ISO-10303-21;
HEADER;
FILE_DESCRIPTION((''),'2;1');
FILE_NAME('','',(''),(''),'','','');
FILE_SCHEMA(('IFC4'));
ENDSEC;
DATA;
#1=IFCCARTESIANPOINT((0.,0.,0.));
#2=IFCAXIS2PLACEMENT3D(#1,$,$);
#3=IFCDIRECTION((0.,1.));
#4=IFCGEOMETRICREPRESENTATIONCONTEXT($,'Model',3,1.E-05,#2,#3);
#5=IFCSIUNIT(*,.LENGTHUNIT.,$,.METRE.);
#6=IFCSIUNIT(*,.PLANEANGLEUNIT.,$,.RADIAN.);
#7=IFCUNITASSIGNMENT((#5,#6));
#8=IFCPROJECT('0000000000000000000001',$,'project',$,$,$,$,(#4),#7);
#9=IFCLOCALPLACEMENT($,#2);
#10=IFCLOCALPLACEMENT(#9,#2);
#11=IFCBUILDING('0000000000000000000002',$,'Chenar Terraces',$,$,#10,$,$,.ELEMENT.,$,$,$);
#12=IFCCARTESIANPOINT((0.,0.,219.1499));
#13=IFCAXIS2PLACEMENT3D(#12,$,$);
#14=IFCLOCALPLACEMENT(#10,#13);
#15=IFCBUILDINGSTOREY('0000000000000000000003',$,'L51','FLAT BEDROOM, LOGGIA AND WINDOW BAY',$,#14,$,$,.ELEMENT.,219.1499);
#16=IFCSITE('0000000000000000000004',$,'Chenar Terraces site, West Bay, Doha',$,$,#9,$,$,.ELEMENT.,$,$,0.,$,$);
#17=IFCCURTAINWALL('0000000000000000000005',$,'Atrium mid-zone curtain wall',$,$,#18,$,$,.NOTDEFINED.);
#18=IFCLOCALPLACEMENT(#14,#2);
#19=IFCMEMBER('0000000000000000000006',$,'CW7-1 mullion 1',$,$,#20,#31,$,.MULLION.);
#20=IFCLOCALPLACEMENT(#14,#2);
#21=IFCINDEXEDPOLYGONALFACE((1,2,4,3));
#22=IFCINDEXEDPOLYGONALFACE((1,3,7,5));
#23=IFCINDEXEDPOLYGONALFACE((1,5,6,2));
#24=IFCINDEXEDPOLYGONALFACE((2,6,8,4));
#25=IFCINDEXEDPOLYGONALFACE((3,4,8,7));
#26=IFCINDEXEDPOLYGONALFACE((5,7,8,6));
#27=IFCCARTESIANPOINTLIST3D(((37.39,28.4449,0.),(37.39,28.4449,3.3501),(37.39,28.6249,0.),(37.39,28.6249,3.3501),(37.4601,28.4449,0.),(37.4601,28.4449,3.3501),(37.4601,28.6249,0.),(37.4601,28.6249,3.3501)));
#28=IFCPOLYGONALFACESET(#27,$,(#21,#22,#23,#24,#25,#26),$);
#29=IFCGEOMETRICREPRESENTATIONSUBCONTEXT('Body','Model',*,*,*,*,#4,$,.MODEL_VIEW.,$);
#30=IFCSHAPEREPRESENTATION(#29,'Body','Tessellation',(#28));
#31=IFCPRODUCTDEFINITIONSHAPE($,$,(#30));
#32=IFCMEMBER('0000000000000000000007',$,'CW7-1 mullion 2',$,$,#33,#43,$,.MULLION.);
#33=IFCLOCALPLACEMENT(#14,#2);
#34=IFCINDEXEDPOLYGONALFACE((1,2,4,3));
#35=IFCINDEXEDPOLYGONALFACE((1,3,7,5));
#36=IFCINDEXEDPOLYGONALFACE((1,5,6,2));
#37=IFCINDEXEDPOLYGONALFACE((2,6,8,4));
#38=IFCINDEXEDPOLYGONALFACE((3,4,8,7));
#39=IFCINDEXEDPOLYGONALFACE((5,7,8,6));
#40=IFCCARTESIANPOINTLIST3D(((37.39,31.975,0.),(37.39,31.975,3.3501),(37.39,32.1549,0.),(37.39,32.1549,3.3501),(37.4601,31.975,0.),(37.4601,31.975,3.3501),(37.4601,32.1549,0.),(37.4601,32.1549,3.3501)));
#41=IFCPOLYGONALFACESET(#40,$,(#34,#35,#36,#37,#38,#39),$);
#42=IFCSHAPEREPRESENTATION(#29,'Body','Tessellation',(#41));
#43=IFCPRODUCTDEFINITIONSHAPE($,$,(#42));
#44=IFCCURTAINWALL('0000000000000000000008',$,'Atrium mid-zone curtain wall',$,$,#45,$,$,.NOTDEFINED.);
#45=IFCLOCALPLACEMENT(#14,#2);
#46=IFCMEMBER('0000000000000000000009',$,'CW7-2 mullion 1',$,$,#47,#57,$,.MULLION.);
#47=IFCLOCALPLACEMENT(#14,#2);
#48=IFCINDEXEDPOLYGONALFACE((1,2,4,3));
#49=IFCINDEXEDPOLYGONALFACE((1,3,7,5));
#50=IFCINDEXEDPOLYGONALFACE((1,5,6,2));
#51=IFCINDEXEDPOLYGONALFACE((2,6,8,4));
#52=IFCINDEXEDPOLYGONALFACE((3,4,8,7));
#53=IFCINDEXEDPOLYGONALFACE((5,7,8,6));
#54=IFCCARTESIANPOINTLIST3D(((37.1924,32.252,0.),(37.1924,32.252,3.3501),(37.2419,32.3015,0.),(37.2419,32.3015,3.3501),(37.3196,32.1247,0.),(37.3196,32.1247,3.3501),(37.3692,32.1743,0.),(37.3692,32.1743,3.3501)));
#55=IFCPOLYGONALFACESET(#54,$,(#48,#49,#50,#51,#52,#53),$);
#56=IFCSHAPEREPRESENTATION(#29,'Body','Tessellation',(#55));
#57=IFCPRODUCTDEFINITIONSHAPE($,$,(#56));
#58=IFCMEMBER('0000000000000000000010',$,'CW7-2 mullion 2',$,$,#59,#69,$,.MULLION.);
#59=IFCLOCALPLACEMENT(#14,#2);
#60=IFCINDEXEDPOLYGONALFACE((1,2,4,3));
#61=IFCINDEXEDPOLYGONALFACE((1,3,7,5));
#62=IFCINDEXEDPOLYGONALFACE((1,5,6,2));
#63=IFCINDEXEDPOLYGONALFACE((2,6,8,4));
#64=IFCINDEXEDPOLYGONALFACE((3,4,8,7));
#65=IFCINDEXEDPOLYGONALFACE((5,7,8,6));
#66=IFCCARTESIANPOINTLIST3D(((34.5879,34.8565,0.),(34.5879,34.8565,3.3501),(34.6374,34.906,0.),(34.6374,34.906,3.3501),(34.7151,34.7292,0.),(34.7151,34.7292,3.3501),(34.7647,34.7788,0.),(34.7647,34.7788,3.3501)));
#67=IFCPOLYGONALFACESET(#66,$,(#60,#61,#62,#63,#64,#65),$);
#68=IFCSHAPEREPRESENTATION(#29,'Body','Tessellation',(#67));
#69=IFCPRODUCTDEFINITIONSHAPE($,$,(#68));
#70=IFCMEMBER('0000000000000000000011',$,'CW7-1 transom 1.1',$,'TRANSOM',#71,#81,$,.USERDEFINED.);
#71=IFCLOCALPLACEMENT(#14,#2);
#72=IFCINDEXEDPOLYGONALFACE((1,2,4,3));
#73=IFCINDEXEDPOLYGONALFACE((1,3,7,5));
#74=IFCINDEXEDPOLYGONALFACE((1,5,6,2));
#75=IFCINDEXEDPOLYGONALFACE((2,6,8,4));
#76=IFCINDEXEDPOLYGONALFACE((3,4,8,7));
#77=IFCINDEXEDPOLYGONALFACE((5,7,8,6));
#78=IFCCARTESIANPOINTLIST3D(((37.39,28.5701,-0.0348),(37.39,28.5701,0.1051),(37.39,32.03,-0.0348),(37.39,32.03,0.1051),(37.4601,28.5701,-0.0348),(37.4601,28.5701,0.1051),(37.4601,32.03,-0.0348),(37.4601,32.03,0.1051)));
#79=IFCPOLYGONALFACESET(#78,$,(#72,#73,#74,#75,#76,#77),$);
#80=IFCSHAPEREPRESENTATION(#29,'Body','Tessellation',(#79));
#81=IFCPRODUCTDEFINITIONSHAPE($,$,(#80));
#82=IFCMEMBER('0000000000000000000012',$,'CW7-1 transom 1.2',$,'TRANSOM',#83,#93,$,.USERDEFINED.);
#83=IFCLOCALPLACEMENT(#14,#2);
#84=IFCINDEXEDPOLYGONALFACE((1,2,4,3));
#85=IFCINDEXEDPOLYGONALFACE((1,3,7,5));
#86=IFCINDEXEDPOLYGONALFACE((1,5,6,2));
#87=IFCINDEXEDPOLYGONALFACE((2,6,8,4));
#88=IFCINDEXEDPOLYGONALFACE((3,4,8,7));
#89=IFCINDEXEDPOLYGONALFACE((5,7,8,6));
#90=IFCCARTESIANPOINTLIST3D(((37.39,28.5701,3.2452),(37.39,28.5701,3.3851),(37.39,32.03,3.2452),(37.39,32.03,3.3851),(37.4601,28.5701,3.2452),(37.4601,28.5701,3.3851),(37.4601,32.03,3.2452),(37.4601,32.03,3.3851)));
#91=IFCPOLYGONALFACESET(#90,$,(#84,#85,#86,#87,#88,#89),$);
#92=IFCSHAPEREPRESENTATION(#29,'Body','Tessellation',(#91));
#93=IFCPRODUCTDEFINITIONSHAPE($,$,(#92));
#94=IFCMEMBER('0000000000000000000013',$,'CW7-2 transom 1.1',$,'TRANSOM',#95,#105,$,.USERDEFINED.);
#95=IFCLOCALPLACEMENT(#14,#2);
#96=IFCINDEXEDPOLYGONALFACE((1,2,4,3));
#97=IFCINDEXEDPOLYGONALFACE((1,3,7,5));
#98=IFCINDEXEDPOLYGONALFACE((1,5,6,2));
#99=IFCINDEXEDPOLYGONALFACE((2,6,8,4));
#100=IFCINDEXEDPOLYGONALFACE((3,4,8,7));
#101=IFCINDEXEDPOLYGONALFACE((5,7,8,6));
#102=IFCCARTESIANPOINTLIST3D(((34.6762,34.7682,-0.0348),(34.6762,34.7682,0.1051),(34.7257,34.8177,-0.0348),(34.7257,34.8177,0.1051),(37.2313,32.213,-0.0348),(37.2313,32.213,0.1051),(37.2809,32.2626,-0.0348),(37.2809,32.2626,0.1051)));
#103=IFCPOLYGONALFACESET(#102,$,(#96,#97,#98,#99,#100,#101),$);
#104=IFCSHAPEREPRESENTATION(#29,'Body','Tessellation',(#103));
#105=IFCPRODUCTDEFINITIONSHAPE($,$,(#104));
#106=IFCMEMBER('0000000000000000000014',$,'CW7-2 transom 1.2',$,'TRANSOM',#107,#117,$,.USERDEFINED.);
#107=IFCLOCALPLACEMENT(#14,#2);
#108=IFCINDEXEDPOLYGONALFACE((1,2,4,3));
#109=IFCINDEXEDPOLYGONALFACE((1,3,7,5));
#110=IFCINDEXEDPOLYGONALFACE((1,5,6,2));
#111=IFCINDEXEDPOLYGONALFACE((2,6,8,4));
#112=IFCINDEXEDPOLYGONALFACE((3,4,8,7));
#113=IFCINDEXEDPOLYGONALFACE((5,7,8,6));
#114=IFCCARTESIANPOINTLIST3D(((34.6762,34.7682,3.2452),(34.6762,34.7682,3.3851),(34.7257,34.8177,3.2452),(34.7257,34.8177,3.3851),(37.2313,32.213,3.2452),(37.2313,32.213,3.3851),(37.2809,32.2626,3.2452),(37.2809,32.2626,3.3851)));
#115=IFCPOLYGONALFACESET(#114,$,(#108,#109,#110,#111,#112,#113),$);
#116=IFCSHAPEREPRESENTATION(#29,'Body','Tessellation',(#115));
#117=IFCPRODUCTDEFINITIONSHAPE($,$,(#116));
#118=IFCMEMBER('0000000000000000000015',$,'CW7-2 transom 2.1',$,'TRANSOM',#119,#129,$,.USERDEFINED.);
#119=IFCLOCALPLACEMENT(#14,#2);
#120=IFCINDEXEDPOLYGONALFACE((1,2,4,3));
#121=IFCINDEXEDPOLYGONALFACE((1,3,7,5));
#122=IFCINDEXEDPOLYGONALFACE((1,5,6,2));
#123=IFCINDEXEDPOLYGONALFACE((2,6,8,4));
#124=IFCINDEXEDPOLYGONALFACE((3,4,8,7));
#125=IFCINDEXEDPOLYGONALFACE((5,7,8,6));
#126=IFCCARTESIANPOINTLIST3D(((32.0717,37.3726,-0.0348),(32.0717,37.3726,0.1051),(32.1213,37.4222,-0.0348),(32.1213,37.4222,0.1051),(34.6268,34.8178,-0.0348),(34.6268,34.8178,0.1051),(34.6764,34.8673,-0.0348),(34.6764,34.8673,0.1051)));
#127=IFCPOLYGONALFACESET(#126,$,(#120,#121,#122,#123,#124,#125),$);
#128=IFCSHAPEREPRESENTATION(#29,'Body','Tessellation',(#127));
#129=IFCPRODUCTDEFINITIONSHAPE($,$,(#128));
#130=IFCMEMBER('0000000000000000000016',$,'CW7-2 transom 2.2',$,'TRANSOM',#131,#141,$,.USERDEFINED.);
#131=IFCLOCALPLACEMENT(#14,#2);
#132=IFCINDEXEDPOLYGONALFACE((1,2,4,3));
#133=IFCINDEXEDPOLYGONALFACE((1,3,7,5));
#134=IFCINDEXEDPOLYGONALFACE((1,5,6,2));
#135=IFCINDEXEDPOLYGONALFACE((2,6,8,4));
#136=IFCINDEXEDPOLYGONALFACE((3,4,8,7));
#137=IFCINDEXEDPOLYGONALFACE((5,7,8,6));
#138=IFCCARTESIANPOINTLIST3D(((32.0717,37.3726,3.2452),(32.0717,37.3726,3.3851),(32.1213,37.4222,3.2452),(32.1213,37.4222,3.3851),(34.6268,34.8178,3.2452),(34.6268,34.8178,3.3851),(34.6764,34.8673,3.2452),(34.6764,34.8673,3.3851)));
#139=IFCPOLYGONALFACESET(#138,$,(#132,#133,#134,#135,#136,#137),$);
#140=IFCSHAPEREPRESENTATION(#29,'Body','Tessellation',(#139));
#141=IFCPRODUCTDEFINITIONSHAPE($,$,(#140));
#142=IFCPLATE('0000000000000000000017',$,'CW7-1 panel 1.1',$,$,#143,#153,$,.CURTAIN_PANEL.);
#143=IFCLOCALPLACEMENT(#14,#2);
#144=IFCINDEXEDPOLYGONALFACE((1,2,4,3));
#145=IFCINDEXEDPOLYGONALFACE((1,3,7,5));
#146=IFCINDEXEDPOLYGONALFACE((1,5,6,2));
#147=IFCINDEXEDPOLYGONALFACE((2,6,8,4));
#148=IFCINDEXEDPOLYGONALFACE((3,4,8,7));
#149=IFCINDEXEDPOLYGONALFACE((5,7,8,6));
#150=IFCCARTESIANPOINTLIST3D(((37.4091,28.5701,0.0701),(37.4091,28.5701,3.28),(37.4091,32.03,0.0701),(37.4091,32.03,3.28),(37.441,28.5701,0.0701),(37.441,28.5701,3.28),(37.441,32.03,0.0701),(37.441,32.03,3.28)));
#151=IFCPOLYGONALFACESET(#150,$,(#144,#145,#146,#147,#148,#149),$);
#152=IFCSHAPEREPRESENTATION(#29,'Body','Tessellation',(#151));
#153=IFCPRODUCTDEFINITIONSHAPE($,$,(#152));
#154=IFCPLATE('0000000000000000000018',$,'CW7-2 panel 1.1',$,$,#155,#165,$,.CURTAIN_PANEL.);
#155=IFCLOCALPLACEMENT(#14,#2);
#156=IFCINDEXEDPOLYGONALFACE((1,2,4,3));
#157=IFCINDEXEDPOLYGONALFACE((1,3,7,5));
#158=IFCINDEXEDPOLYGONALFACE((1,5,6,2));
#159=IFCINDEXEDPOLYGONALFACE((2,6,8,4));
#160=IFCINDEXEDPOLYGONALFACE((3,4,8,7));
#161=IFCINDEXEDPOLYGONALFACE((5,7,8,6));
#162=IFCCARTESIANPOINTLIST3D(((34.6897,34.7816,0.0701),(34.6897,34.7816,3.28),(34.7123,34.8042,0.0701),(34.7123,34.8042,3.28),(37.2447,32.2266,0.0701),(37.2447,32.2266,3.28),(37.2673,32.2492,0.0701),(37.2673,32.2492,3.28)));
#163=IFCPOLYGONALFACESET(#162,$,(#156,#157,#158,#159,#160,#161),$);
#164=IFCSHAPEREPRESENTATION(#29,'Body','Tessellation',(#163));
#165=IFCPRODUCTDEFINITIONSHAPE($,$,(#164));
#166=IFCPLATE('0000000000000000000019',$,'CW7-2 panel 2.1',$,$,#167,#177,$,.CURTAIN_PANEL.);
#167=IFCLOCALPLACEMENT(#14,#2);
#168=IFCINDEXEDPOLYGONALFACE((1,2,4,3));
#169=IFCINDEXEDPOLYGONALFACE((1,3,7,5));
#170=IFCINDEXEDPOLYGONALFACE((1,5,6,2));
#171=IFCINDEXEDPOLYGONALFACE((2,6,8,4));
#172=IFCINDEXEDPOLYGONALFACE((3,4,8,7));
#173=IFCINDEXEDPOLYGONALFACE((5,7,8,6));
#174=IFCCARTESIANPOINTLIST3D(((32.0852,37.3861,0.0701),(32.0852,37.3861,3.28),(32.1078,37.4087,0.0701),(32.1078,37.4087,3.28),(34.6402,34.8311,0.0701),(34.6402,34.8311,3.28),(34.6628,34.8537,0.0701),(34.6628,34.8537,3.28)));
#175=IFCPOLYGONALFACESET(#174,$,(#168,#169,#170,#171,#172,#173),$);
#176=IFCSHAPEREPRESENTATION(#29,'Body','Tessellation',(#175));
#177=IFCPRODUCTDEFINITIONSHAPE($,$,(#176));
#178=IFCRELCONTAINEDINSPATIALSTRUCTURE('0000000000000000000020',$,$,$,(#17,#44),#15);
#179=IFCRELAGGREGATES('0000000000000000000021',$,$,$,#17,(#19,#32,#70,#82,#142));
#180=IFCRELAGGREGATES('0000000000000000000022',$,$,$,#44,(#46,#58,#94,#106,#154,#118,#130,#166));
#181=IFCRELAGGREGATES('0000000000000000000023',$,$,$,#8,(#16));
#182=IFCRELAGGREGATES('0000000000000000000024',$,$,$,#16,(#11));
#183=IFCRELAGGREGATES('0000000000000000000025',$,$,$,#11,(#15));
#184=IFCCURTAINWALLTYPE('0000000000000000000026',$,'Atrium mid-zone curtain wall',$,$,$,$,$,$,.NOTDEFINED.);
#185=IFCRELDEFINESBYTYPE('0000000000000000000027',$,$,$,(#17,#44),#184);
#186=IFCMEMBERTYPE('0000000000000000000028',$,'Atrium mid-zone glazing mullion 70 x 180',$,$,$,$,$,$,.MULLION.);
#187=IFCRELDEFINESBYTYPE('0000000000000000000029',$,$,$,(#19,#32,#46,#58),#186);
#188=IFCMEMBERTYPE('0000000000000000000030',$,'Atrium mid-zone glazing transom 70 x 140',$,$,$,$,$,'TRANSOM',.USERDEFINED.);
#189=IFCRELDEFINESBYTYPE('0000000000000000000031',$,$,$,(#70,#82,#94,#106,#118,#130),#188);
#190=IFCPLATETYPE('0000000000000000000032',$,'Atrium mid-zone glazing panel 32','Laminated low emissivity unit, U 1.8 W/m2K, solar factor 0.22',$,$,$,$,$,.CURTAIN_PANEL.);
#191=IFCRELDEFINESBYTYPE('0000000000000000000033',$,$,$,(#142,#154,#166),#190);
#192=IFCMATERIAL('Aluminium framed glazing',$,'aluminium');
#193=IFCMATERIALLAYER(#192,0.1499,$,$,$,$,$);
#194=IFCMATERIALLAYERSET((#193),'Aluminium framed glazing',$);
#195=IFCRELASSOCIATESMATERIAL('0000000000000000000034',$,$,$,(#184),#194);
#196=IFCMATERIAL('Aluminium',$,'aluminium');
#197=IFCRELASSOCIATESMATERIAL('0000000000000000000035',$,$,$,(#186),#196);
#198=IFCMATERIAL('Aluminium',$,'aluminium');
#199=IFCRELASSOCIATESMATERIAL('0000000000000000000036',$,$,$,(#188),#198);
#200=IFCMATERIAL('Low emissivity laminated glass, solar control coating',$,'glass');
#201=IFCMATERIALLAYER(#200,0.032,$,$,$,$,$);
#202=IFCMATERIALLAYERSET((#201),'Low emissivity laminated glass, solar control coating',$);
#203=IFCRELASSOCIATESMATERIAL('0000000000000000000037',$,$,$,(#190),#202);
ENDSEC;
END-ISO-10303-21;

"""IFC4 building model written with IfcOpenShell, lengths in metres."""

from ifc_helpers import new_model, si_unit, direction, frame, origin, origin_2d, place, context, subcontext, project, spatial, rectangle, extrude, material, layer, layer_set, material_profile, profile_set, type_object, element, aggregate, save


model = new_model("IFC4")

# Units and contexts
model_context = context("Model", 3, precision=1e-05, world=origin(), true_north=direction((0.0, 1.0)))
body_context = subcontext(model_context, "Body", "Model", "MODEL_VIEW")
ifc_project = project(units=[si_unit("LENGTHUNIT", "METRE"), si_unit("PLANEANGLEUNIT", "RADIAN")], contexts=[model_context])

# Site, building, storey
site_placement = place(None, origin())
site = spatial("IfcSite", under=ifc_project, at=site_placement, Name="Chenar Terraces site, West Bay, Doha", CompositionType="ELEMENT", RefElevation=0.0)
building_placement = place(site_placement, origin())
building = spatial("IfcBuilding", under=site, at=building_placement, Name="Chenar Terraces", CompositionType="ELEMENT")
storey_placement = place(building_placement, frame((0.0, 0.0, 219.1499)))
storey = spatial("IfcBuildingStorey", under=building, at=storey_placement, Name="L51", Description="FLAT BEDROOM, LOGGIA AND WINDOW BAY", CompositionType="ELEMENT", Elevation=219.1499)

# Curtain walls, members
ifc_material_1 = material(Name="Aluminium framed glazing", Category="aluminium")
ifc_layer_1 = layer(ifc_material_1, 0.1499)
ifc_layer_set_1 = layer_set([ifc_layer_1], Name="Aluminium framed glazing")
curtain_wall_type = type_object("IfcCurtainWallType", Name="Atrium mid-zone curtain wall", PredefinedType="NOTDEFINED", material=ifc_layer_set_1)
placement = place(storey_placement, origin())
curtain_wall_1 = element("IfcCurtainWall", 1, at=placement, inside=storey, type_object=curtain_wall_type, Name="Atrium mid-zone curtain wall", PredefinedType="NOTDEFINED")
ifc_material_2 = material(Name="Aluminium", Category="aluminium")
ifc_material_profile_1 = material_profile(ifc_material_2, rectangle(XDim=0.0701, YDim=0.1799, at=origin_2d()), Name="Atrium mid-zone glazing mullion 70 x 180")
ifc_profile_set_1 = profile_set([ifc_material_profile_1], Name="Aluminium")
member_type_1 = type_object("IfcMemberType", Name="Atrium mid-zone glazing mullion 70 x 180", PredefinedType="MULLION", material=ifc_profile_set_1)
member_1_placement = place(storey_placement, frame((37.425, 28.5349, 0.0), z_axis=(0.0, 0.0, 1.0), x_axis=(-1.0, 0.0, 0.0)))
member_1 = element("IfcMember", 2, at=member_1_placement, type_object=member_type_1, Name="CW7-1 mullion 1", PredefinedType="MULLION", context=body_context, shape_type="SweptSolid", body=[
    extrude(rectangle(XDim=0.0701, YDim=0.1799, at=origin_2d()), origin(), (0.0, 0.0, 1.0), 3.3501),
])
member_2_placement = place(storey_placement, frame((37.425, 32.0649, 0.0), z_axis=(0.0, 0.0, 1.0), x_axis=(-1.0, 0.0, 0.0)))
member_2 = element("IfcMember", 3, at=member_2_placement, type_object=member_type_1, Name="CW7-1 mullion 2", PredefinedType="MULLION", context=body_context, shape_type="SweptSolid", body=[
    extrude(rectangle(XDim=0.0701, YDim=0.1799, at=origin_2d()), origin(), (0.0, 0.0, 1.0), 3.3501),
])
curtain_wall_2 = element("IfcCurtainWall", 4, at=placement, inside=storey, type_object=curtain_wall_type, Name="Atrium mid-zone curtain wall", PredefinedType="NOTDEFINED")
member_3_placement = place(storey_placement, frame((37.2808, 32.2131, 0.0), z_axis=(0.0, 0.0, 1.0), x_axis=(-0.707107, -0.707107, 0.0)))
member_3 = element("IfcMember", 5, at=member_3_placement, type_object=member_type_1, Name="CW7-2 mullion 1", PredefinedType="MULLION", context=body_context, shape_type="SweptSolid", body=[
    extrude(rectangle(XDim=0.0701, YDim=0.1799, at=origin_2d()), origin(), (0.0, 0.0, 1.0), 3.3501),
])
member_4_placement = place(storey_placement, frame((34.6763, 34.8176, 0.0), z_axis=(0.0, 0.0, 1.0), x_axis=(-0.707107, -0.707107, 0.0)))
member_4 = element("IfcMember", 6, at=member_4_placement, type_object=member_type_1, Name="CW7-2 mullion 2", PredefinedType="MULLION", context=body_context, shape_type="SweptSolid", body=[
    extrude(rectangle(XDim=0.0701, YDim=0.1799, at=origin_2d()), origin(), (0.0, 0.0, 1.0), 3.3501),
])

# Members
ifc_material_3 = material(Name="Aluminium", Category="aluminium")
ifc_material_profile_2 = material_profile(ifc_material_3, rectangle(XDim=0.0701, YDim=0.1399, at=origin_2d()), Name="Atrium mid-zone glazing transom 70 x 140")
ifc_profile_set_2 = profile_set([ifc_material_profile_2], Name="Aluminium")
member_type_2 = type_object("IfcMemberType", Name="Atrium mid-zone glazing transom 70 x 140", ElementType="TRANSOM", PredefinedType="USERDEFINED", material=ifc_profile_set_2)
member_5_placement = place(storey_placement, frame((37.425, 28.5701, 0.0352), z_axis=(0.0, 1.0, 0.0), x_axis=(-1.0, 0.0, 0.0)))
member_5 = element("IfcMember", 7, at=member_5_placement, type_object=member_type_2, Name="CW7-1 transom 1.1", ObjectType="TRANSOM", PredefinedType="USERDEFINED", context=body_context, shape_type="SweptSolid", body=[
    extrude(rectangle(XDim=0.0701, YDim=0.1399, at=origin_2d()), origin(), (0.0, 0.0, 1.0), 3.46),
])
member_6_placement = place(storey_placement, frame((37.425, 28.5701, 3.3152), z_axis=(0.0, 1.0, 0.0), x_axis=(-1.0, 0.0, 0.0)))
member_6 = element("IfcMember", 8, at=member_6_placement, type_object=member_type_2, Name="CW7-1 transom 1.2", ObjectType="TRANSOM", PredefinedType="USERDEFINED", context=body_context, shape_type="SweptSolid", body=[
    extrude(rectangle(XDim=0.0701, YDim=0.1399, at=origin_2d()), origin(), (0.0, 0.0, 1.0), 3.46),
])
member_7_placement = place(storey_placement, frame((37.2561, 32.2378, 0.0352), z_axis=(-0.707107, 0.707107, 0.0), x_axis=(-0.707107, -0.707107, 0.0)))
member_7 = element("IfcMember", 9, at=member_7_placement, type_object=member_type_2, Name="CW7-2 transom 1.1", ObjectType="TRANSOM", PredefinedType="USERDEFINED", context=body_context, shape_type="SweptSolid", body=[
    extrude(rectangle(XDim=0.0701, YDim=0.1399, at=origin_2d()), origin(), (0.0, 0.0, 1.0), 3.6135),
])
member_8_placement = place(storey_placement, frame((37.2561, 32.2378, 3.3152), z_axis=(-0.707107, 0.707107, 0.0), x_axis=(-0.707107, -0.707107, 0.0)))
member_8 = element("IfcMember", 10, at=member_8_placement, type_object=member_type_2, Name="CW7-2 transom 1.2", ObjectType="TRANSOM", PredefinedType="USERDEFINED", context=body_context, shape_type="SweptSolid", body=[
    extrude(rectangle(XDim=0.0701, YDim=0.1399, at=origin_2d()), origin(), (0.0, 0.0, 1.0), 3.6135),
])
member_9_placement = place(storey_placement, frame((34.6516, 34.8425, 0.0352), z_axis=(-0.707141, 0.707073, 0.0), x_axis=(-0.707073, -0.707141, 0.0)))
member_9 = element("IfcMember", 11, at=member_9_placement, type_object=member_type_2, Name="CW7-2 transom 2.1", ObjectType="TRANSOM", PredefinedType="USERDEFINED", context=body_context, shape_type="SweptSolid", body=[
    extrude(rectangle(XDim=0.0701, YDim=0.1399, at=origin_2d()), origin(), (0.0, 0.0, 1.0), 3.6133),
])
member_10_placement = place(storey_placement, frame((34.6516, 34.8425, 3.3152), z_axis=(-0.707141, 0.707073, 0.0), x_axis=(-0.707073, -0.707141, 0.0)))
member_10 = element("IfcMember", 12, at=member_10_placement, type_object=member_type_2, Name="CW7-2 transom 2.2", ObjectType="TRANSOM", PredefinedType="USERDEFINED", context=body_context, shape_type="SweptSolid", body=[
    extrude(rectangle(XDim=0.0701, YDim=0.1399, at=origin_2d()), origin(), (0.0, 0.0, 1.0), 3.6133),
])

# Plates
ifc_material_4 = material(Name="Low emissivity laminated glass, solar control coating", Category="glass")
ifc_layer_2 = layer(ifc_material_4, 0.032)
ifc_layer_set_2 = layer_set([ifc_layer_2], Name="Low emissivity laminated glass, solar control coating")
plate_type = type_object("IfcPlateType", Name="Atrium mid-zone glazing panel 32", Description="Laminated low emissivity unit, U 1.8 W/m2K, solar factor 0.22", PredefinedType="CURTAIN_PANEL", material=ifc_layer_set_2)
plate_1_placement = place(storey_placement, frame((37.425, 30.3, 0.0701), z_axis=(0.0, 0.0, 1.0), x_axis=(0.0, 1.0, 0.0)))
plate_1 = element("IfcPlate", 13, at=plate_1_placement, type_object=plate_type, Name="CW7-1 panel 1.1", PredefinedType="CURTAIN_PANEL", context=body_context, shape_type="SweptSolid", body=[
    extrude(rectangle(XDim=3.46, YDim=0.032, at=origin_2d()), origin(), (0.0, 0.0, 1.0), 3.21),
])
aggregate(curtain_wall_1, [member_1, member_2, member_5, member_6, plate_1])
plate_2_placement = place(storey_placement, frame((35.9785, 33.5154, 0.0701), z_axis=(0.0, 0.0, 1.0), x_axis=(-0.707107, 0.707107, 0.0)))
plate_2 = element("IfcPlate", 14, at=plate_2_placement, type_object=plate_type, Name="CW7-2 panel 1.1", PredefinedType="CURTAIN_PANEL", context=body_context, shape_type="SweptSolid", body=[
    extrude(rectangle(XDim=3.6133, YDim=0.032, at=origin_2d()), origin(), (0.0, 0.0, 1.0), 3.21),
])
plate_3_placement = place(storey_placement, frame((33.374, 36.1199, 0.0701), z_axis=(0.0, 0.0, 1.0), x_axis=(-0.707107, 0.707107, 0.0)))
plate_3 = element("IfcPlate", 15, at=plate_3_placement, type_object=plate_type, Name="CW7-2 panel 2.1", PredefinedType="CURTAIN_PANEL", context=body_context, shape_type="SweptSolid", body=[
    extrude(rectangle(XDim=3.6133, YDim=0.032, at=origin_2d()), origin(), (0.0, 0.0, 1.0), 3.21),
])
aggregate(curtain_wall_2, [member_3, member_4, member_7, member_8, plate_2, member_9, member_10, plate_3])

save(model, "model.ifc")
